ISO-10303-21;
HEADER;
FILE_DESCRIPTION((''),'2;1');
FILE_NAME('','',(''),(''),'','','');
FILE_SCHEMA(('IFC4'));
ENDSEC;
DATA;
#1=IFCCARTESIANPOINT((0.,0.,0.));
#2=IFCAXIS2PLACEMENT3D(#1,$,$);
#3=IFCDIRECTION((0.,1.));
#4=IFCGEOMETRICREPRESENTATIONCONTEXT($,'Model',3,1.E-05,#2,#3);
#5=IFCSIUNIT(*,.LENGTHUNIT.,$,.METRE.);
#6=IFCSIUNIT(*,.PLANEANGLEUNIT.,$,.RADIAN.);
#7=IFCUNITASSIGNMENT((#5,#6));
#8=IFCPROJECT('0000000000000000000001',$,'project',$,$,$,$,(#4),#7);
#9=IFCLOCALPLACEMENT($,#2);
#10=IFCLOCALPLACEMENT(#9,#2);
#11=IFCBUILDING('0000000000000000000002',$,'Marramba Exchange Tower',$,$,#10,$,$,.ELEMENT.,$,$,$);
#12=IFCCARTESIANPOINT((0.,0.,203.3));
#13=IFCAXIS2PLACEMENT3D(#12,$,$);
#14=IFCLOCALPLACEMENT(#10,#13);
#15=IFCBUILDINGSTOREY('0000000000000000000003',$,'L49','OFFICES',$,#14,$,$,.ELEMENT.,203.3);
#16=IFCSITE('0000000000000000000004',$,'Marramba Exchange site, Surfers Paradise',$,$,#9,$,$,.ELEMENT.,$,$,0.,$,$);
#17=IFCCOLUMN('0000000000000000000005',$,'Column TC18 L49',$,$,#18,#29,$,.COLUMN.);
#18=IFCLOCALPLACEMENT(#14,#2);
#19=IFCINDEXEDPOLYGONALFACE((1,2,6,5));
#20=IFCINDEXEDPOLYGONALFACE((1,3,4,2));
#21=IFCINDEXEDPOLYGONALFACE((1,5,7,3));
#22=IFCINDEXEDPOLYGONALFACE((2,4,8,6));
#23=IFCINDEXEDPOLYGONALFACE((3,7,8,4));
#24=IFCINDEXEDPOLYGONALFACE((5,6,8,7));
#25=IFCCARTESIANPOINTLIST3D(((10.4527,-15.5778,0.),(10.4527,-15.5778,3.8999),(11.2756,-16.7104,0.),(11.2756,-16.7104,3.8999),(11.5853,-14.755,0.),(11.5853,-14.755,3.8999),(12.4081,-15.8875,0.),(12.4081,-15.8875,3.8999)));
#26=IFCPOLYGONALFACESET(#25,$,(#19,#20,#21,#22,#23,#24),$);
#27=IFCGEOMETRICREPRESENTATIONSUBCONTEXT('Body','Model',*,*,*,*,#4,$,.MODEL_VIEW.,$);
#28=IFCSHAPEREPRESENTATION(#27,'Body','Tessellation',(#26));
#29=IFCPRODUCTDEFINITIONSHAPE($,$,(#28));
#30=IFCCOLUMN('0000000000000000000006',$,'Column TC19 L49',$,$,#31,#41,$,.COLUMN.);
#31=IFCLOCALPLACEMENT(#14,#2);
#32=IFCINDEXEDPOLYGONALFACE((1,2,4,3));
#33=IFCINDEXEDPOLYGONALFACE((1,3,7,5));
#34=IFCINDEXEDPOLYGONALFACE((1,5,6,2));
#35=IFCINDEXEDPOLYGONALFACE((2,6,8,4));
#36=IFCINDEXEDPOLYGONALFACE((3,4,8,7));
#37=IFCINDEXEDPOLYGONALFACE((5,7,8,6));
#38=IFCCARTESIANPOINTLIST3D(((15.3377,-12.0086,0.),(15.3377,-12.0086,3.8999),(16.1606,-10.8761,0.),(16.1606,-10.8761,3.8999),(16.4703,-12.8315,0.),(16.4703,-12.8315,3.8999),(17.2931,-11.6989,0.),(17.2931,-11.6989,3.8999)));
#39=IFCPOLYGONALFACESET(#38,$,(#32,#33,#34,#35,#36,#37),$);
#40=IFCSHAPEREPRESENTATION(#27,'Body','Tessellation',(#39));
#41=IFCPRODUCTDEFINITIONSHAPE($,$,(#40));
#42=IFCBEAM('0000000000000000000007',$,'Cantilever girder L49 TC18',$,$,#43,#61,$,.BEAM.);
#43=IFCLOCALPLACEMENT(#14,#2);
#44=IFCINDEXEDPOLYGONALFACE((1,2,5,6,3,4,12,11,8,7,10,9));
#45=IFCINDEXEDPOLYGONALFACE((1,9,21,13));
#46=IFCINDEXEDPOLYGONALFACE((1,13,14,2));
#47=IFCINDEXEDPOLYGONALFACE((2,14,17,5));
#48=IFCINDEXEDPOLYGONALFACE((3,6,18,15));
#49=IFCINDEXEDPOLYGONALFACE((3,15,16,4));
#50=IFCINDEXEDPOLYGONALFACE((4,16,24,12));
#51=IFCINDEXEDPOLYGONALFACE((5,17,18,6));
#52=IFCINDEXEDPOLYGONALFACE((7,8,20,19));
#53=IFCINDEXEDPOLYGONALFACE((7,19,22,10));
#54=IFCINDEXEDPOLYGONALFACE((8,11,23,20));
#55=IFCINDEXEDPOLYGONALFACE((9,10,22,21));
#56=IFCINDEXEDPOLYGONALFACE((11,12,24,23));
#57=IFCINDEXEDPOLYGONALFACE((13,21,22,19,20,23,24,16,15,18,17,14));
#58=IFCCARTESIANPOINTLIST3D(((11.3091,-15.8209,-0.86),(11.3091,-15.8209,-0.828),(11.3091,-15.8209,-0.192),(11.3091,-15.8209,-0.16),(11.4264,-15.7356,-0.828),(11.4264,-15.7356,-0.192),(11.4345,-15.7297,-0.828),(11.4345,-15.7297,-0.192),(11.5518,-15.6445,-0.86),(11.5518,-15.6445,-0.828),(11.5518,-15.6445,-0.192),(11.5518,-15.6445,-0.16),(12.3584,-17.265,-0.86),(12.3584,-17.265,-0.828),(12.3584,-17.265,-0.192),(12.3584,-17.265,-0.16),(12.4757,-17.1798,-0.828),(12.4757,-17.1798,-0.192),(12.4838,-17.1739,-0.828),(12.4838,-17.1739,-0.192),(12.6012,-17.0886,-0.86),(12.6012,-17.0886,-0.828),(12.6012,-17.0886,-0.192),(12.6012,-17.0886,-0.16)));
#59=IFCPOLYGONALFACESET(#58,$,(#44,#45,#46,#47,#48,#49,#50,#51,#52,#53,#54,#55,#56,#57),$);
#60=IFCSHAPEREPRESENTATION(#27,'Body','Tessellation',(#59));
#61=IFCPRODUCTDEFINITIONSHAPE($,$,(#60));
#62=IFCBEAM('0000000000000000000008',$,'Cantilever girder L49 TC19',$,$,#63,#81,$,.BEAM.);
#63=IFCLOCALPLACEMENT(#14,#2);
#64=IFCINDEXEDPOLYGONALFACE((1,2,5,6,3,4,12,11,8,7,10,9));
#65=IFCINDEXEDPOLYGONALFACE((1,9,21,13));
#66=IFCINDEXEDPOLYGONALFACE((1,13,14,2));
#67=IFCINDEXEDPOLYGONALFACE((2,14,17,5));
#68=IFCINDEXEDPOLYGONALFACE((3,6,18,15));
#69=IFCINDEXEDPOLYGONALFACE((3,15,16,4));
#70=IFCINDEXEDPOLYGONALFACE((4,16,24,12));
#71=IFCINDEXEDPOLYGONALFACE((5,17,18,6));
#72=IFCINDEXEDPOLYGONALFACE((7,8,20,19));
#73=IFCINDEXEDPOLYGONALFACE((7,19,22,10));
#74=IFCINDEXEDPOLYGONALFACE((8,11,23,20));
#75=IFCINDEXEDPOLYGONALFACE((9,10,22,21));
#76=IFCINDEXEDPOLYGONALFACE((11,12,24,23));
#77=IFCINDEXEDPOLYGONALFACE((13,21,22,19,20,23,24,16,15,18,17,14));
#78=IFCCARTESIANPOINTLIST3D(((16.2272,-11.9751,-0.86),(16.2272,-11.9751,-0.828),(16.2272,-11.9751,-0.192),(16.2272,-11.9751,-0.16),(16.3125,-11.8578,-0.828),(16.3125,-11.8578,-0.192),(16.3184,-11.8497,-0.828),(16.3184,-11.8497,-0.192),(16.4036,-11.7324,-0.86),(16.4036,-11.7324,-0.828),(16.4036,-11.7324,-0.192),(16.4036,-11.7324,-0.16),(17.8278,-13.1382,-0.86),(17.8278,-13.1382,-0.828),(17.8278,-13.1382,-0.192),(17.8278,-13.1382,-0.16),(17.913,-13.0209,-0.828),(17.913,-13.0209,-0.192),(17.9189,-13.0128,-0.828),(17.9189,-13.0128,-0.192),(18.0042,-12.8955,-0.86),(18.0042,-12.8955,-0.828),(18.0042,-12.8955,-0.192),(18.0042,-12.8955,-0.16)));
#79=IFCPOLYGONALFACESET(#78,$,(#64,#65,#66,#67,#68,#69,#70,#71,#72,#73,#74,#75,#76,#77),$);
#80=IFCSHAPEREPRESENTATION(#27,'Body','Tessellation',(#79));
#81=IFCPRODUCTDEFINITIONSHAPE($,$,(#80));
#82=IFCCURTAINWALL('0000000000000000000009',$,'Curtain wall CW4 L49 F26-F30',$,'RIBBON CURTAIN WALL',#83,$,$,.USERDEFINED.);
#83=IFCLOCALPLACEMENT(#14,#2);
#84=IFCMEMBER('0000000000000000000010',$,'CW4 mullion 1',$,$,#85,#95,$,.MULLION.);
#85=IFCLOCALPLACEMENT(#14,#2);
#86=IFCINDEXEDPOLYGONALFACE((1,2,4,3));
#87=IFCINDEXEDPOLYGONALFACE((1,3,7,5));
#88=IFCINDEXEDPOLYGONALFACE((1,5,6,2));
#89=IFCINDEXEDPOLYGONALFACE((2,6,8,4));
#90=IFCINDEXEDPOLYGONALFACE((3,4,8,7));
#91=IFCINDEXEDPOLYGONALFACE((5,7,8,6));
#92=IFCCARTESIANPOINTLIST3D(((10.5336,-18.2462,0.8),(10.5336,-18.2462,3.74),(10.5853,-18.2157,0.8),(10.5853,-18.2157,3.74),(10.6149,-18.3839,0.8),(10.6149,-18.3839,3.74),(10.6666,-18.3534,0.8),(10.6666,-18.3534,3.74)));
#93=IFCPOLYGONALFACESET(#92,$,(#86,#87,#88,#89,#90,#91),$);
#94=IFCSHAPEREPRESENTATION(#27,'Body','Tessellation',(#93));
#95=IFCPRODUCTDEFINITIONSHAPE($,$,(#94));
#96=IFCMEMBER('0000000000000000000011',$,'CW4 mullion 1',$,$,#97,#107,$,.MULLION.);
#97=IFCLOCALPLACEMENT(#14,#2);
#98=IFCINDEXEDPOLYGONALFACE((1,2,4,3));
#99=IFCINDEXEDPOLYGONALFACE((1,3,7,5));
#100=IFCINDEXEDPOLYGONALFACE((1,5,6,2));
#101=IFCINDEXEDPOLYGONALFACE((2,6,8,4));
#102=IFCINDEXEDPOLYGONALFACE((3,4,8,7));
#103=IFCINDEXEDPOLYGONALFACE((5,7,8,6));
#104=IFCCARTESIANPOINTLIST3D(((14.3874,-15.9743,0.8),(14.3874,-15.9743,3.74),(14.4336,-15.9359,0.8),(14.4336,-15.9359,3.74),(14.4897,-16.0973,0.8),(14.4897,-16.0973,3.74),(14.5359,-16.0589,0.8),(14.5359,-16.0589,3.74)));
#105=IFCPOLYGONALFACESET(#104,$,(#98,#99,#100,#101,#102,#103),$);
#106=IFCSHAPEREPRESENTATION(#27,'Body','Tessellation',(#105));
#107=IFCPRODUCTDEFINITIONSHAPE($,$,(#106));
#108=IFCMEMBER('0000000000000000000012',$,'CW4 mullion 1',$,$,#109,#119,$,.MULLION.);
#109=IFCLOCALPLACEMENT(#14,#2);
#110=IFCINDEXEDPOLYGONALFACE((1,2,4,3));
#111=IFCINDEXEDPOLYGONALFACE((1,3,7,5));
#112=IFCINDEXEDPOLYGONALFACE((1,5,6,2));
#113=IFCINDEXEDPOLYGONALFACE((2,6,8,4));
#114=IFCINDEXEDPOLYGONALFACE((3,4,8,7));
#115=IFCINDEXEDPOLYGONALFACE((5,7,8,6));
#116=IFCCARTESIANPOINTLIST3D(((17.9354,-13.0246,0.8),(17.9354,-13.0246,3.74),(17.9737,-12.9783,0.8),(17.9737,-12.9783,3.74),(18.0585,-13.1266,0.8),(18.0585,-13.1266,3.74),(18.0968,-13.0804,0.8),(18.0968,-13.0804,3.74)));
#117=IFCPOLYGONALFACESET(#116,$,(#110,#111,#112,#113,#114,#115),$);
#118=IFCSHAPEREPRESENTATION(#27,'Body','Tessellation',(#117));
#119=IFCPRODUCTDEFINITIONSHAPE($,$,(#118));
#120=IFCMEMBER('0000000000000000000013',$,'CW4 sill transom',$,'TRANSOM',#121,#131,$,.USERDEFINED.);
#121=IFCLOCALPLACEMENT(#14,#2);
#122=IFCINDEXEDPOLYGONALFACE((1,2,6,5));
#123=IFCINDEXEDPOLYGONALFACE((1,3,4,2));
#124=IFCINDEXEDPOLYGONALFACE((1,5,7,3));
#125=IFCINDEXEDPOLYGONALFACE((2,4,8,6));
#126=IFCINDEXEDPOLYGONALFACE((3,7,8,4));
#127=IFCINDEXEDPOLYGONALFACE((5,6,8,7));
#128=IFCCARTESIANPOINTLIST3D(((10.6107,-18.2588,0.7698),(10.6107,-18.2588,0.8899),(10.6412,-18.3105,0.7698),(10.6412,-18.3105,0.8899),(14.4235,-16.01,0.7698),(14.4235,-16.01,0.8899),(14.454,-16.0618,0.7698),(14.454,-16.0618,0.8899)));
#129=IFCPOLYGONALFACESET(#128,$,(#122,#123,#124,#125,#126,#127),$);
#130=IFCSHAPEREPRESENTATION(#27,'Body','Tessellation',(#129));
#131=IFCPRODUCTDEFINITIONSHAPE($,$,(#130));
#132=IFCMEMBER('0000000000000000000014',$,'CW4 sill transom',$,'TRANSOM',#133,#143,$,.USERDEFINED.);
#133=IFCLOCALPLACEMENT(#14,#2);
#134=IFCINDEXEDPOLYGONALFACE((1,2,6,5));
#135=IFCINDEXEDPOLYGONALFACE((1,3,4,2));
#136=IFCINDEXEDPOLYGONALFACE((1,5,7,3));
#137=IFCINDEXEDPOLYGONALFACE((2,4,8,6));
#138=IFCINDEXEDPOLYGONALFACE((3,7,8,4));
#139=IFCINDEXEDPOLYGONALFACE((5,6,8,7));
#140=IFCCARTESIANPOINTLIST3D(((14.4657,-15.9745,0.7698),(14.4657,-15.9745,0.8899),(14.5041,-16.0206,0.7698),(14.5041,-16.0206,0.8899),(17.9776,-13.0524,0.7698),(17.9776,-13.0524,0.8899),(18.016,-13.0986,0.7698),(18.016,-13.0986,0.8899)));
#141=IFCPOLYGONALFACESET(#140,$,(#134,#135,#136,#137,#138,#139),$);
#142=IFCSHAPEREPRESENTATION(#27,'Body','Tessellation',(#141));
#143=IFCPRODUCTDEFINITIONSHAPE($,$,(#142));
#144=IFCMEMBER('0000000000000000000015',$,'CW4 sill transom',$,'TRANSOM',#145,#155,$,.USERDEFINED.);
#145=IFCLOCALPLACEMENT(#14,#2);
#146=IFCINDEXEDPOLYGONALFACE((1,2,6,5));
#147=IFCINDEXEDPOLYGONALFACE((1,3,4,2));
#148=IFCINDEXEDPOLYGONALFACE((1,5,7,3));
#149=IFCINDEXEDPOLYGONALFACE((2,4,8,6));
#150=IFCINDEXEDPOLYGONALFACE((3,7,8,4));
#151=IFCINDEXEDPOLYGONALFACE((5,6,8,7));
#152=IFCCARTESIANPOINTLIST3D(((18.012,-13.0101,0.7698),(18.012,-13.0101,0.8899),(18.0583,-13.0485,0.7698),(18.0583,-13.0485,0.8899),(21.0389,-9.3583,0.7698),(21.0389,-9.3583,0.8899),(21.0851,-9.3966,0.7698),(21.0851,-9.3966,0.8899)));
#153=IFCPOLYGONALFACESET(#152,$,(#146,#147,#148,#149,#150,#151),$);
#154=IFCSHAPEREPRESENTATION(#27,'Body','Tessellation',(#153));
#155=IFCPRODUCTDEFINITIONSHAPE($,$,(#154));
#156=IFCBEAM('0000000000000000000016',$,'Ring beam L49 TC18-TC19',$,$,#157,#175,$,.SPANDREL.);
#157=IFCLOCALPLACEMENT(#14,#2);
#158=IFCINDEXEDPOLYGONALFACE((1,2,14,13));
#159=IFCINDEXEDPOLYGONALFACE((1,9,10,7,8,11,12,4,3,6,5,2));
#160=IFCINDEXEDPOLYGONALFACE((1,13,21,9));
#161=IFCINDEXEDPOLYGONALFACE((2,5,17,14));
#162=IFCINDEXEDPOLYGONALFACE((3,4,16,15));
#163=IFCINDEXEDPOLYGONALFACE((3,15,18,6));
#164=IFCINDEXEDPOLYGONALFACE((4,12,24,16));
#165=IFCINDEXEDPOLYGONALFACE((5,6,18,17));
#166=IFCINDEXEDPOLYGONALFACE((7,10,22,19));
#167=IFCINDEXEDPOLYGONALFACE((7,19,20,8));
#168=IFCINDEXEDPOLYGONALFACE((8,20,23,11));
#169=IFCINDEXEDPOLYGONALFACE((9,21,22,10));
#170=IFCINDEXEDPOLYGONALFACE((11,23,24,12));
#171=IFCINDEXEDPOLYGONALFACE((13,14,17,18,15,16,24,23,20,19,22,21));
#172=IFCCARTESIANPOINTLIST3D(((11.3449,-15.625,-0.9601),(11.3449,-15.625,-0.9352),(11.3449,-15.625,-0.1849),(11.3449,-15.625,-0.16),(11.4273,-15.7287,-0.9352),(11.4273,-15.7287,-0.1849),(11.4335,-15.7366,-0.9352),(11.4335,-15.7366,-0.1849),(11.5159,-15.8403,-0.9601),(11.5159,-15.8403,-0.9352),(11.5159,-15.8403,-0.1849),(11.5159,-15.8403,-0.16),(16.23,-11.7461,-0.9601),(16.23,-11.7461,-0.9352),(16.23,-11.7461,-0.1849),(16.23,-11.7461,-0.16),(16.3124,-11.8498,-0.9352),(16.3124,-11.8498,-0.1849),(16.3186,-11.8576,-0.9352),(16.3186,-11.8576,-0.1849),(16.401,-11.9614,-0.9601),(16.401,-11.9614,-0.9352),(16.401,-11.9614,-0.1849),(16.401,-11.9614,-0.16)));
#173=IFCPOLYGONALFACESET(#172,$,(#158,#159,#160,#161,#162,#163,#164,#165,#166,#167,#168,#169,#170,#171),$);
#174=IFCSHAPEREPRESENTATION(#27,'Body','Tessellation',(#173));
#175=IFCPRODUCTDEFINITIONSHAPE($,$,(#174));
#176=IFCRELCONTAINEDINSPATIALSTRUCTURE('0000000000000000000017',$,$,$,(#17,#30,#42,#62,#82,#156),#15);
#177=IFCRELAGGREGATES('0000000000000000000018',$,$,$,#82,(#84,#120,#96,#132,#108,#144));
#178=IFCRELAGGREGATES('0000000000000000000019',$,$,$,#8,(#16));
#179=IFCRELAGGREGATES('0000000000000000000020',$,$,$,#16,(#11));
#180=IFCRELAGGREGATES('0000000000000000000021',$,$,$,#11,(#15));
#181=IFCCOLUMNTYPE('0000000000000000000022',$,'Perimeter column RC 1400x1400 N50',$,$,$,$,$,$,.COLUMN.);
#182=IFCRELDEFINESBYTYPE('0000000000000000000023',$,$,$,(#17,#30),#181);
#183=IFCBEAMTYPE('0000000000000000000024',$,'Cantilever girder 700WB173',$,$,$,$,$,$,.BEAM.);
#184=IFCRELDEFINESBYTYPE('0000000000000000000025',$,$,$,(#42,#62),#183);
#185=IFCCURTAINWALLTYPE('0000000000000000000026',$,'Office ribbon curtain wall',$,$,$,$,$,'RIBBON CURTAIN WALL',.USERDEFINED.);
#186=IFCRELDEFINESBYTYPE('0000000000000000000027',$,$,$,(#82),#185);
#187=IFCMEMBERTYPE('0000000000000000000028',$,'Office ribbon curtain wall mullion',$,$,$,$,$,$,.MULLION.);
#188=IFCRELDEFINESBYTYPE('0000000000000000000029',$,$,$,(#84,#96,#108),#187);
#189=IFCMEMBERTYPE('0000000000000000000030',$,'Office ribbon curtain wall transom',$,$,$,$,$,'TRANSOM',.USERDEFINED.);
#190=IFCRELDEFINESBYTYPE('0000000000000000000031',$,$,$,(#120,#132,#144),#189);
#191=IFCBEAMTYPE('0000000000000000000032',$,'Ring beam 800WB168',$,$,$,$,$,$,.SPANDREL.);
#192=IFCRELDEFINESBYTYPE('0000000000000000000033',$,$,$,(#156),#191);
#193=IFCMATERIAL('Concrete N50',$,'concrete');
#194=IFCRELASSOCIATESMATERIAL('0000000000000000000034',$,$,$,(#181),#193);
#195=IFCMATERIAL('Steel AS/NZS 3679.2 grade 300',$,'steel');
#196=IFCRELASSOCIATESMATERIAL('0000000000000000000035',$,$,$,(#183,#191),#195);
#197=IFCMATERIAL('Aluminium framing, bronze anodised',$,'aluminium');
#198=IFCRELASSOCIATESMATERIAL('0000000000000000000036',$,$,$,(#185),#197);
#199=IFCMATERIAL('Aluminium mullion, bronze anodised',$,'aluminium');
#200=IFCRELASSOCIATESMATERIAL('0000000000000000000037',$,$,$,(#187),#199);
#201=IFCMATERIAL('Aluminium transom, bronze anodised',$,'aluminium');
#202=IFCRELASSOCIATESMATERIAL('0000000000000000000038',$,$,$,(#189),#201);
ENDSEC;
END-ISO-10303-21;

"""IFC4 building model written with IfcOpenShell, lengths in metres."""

from ifc_helpers import new_model, si_unit, direction, frame, origin, origin_2d, place, context, subcontext, project, spatial, rectangle, i_section, extrude, material, material_profile, profile_set, type_object, element, aggregate, save


model = new_model("IFC4")

# Units and contexts
model_context = context("Model", 3, precision=1e-05, world=origin(), true_north=direction((0.0, 1.0)))
body_context = subcontext(model_context, "Body", "Model", "MODEL_VIEW")
ifc_project = project(units=[si_unit("LENGTHUNIT", "METRE"), si_unit("PLANEANGLEUNIT", "RADIAN")], contexts=[model_context])

# Site, building, storey
site_placement = place(None, origin())
site = spatial("IfcSite", under=ifc_project, at=site_placement, Name="Marramba Exchange site, Surfers Paradise", CompositionType="ELEMENT", RefElevation=0.0)
building_placement = place(site_placement, origin())
building = spatial("IfcBuilding", under=site, at=building_placement, Name="Marramba Exchange Tower", CompositionType="ELEMENT")
storey_placement = place(building_placement, frame((0.0, 0.0, 203.3)))
storey = spatial("IfcBuildingStorey", under=building, at=storey_placement, Name="L49", Description="OFFICES", CompositionType="ELEMENT", Elevation=203.3)

# Columns
ifc_material_1 = material(Name="Concrete N50", Category="concrete")
ifc_material_profile_1 = material_profile(ifc_material_1, rectangle(XDim=1.3999, YDim=1.3999, at=origin_2d()), Name="RC 1400x1400")
ifc_profile_set_1 = profile_set([ifc_material_profile_1], Name="Concrete N50")
column_type = type_object("IfcColumnType", Name="Perimeter column RC 1400x1400 N50", PredefinedType="COLUMN", material=ifc_profile_set_1)
for number, where, z_axis, x_axis, name in (
    (1, (11.4304, -15.7327, 0.0), (0.0, 0.0, 1.0), (0.587785, -0.809017, 0.0), "Column TC18 L49"),
    (2, (16.3154, -11.8538, 0.0), (0.0, 0.0, 1.0), (0.809017, -0.587785, 0.0), "Column TC19 L49"),
):
    element("IfcColumn", number, at=place(storey_placement, frame(where, z_axis=z_axis, x_axis=x_axis)), inside=storey, type_object=column_type, Name=name, PredefinedType="COLUMN", context=body_context, shape_type="SweptSolid", body=[
        extrude(rectangle(XDim=1.3999, YDim=1.3999, at=origin_2d()), origin(), (0.0, 0.0, 1.0), 3.8999),
    ])

# Beams
ifc_material_2 = material(Name="Steel AS/NZS 3679.2 grade 300", Category="steel")
ifc_material_profile_2 = material_profile(ifc_material_2, i_section(OverallWidth=0.3, OverallDepth=0.7, WebThickness=0.01, FlangeThickness=0.032, at=origin_2d()), Name="700WB173")
ifc_profile_set_2 = profile_set([ifc_material_profile_2], Name="Steel AS/NZS 3679.2 grade 300")
beam_type_1 = type_object("IfcBeamType", Name="Cantilever girder 700WB173", PredefinedType="BEAM", material=ifc_profile_set_2)
beam_1_placement = place(storey_placement, frame((11.4304, -15.7327, -0.51), z_axis=(0.58783, -0.808984, 0.0), x_axis=(0.808984, 0.58783, 0.0)))
element("IfcBeam", 3, at=beam_1_placement, inside=storey, type_object=beam_type_1, Name="Cantilever girder L49 TC18", PredefinedType="BEAM", context=body_context, shape_type="SweptSolid", body=[
    extrude(i_section(OverallWidth=0.3, OverallDepth=0.7, WebThickness=0.01, FlangeThickness=0.032, at=origin_2d()), origin(), (0.0, 0.0, 1.0), 1.7852),
])
beam_2_placement = place(storey_placement, frame((16.3154, -11.8538, -0.51), z_axis=(0.808971, -0.587849, 0.0), x_axis=(0.587849, 0.808971, 0.0)))
element("IfcBeam", 4, at=beam_2_placement, inside=storey, type_object=beam_type_1, Name="Cantilever girder L49 TC19", PredefinedType="BEAM", context=body_context, shape_type="SweptSolid", body=[
    extrude(i_section(OverallWidth=0.3, OverallDepth=0.7, WebThickness=0.01, FlangeThickness=0.032, at=origin_2d()), origin(), (0.0, 0.0, 1.0), 1.9785),
])

# Curtain wall, members
ifc_material_3 = material(Name="Aluminium framing, bronze anodised", Category="aluminium")
curtain_wall_type = type_object("IfcCurtainWallType", Name="Office ribbon curtain wall", ElementType="RIBBON CURTAIN WALL", PredefinedType="USERDEFINED", material=ifc_material_3)
curtain_wall_placement = place(storey_placement, origin())
curtain_wall = element("IfcCurtainWall", 5, at=curtain_wall_placement, inside=storey, type_object=curtain_wall_type, Name="Curtain wall CW4 L49 F26-F30", ObjectType="RIBBON CURTAIN WALL", PredefinedType="USERDEFINED")
ifc_material_4 = material(Name="Aluminium mullion, bronze anodised", Category="aluminium")
ifc_material_profile_3 = material_profile(ifc_material_4, rectangle(XDim=0.1599, YDim=0.0601, at=origin_2d()), Name="CW4 mullion 60x160")
ifc_profile_set_3 = profile_set([ifc_material_profile_3], Name="Aluminium mullion, bronze anodised")
member_type_1 = type_object("IfcMemberType", Name="Office ribbon curtain wall mullion", PredefinedType="MULLION", material=ifc_profile_set_3)
member_1_placement = place(storey_placement, frame((10.6001, -18.2998, 0.8), z_axis=(0.0, 0.0, 1.0), x_axis=(-0.508011, 0.861351, 0.0)))
member_1 = element("IfcMember", 6, at=member_1_placement, type_object=member_type_1, Name="CW4 mullion 1", PredefinedType="MULLION", context=body_context, shape_type="SweptSolid", body=[
    extrude(rectangle(XDim=0.1599, YDim=0.0601, at=origin_2d()), origin(), (0.0, 0.0, 1.0), 2.9399),
])
member_2_placement = place(storey_placement, frame((14.4617, -16.0166, 0.8), z_axis=(0.0, 0.0, 1.0), x_axis=(-0.639565, 0.768737, 0.0)))
member_2 = element("IfcMember", 7, at=member_2_placement, type_object=member_type_1, Name="CW4 mullion 1", PredefinedType="MULLION", context=body_context, shape_type="SweptSolid", body=[
    extrude(rectangle(XDim=0.1599, YDim=0.0601, at=origin_2d()), origin(), (0.0, 0.0, 1.0), 2.9399),
])
member_3_placement = place(storey_placement, frame((18.0161, -13.0525, 0.8), z_axis=(0.0, 0.0, 1.0), x_axis=(-0.769912, 0.63815, 0.0)))
member_3 = element("IfcMember", 8, at=member_3_placement, type_object=member_type_1, Name="CW4 mullion 1", PredefinedType="MULLION", context=body_context, shape_type="SweptSolid", body=[
    extrude(rectangle(XDim=0.1599, YDim=0.0601, at=origin_2d()), origin(), (0.0, 0.0, 1.0), 2.9399),
])
ifc_material_5 = material(Name="Aluminium transom, bronze anodised", Category="aluminium")
ifc_material_profile_4 = material_profile(ifc_material_5, rectangle(XDim=0.0601, YDim=0.1201, at=origin_2d()), Name="CW4 transom 60x120")
ifc_profile_set_4 = profile_set([ifc_material_profile_4], Name="Aluminium transom, bronze anodised")
member_type_2 = type_object("IfcMemberType", Name="Office ribbon curtain wall transom", ElementType="TRANSOM", PredefinedType="USERDEFINED", material=ifc_profile_set_4)
member_4_placement = place(storey_placement, frame((10.626, -18.2847, 0.8298), z_axis=(0.861342, 0.508025, 0.0), x_axis=(-0.508025, 0.861342, 0.0)))
member_4 = element("IfcMember", 9, at=member_4_placement, type_object=member_type_2, Name="CW4 sill transom", ObjectType="TRANSOM", PredefinedType="USERDEFINED", context=body_context, shape_type="SweptSolid", body=[
    extrude(rectangle(XDim=0.0601, YDim=0.1201, at=origin_2d()), origin(), (0.0, 0.0, 1.0), 4.4265),
])
member_5_placement = place(storey_placement, frame((14.4849, -15.9976, 0.8298), z_axis=(0.768707, 0.639601, 0.0), x_axis=(-0.639601, 0.768707, 0.0)))
member_5 = element("IfcMember", 10, at=member_5_placement, type_object=member_type_2, Name="CW4 sill transom", ObjectType="TRANSOM", PredefinedType="USERDEFINED", context=body_context, shape_type="SweptSolid", body=[
    extrude(rectangle(XDim=0.0601, YDim=0.1201, at=origin_2d()), origin(), (0.0, 0.0, 1.0), 4.5686),
])
member_6_placement = place(storey_placement, frame((18.0352, -13.0293, 0.8298), z_axis=(0.638147, 0.769915, 0.0), x_axis=(-0.769915, 0.638147, 0.0)))
member_6 = element("IfcMember", 11, at=member_6_placement, type_object=member_type_2, Name="CW4 sill transom", ObjectType="TRANSOM", PredefinedType="USERDEFINED", context=body_context, shape_type="SweptSolid", body=[
    extrude(rectangle(XDim=0.0601, YDim=0.1201, at=origin_2d()), origin(), (0.0, 0.0, 1.0), 4.7432),
])

# Beam
ifc_material_profile_5 = material_profile(ifc_material_2, i_section(OverallWidth=0.2749, OverallDepth=0.8, WebThickness=0.01, FlangeThickness=0.0249, at=origin_2d()), Name="800WB168")
ifc_profile_set_5 = profile_set([ifc_material_profile_5], Name="Steel AS/NZS 3679.2 grade 300")
beam_type_2 = type_object("IfcBeamType", Name="Ring beam 800WB168", PredefinedType="SPANDREL", material=ifc_profile_set_5)
beam_3_placement = place(storey_placement, frame((11.4304, -15.7327, -0.5601), z_axis=(0.783139, 0.621846, 0.0), x_axis=(-0.621846, 0.783139, 0.0)))
element("IfcBeam", 12, at=beam_3_placement, inside=storey, type_object=beam_type_2, Name="Ring beam L49 TC18-TC19", PredefinedType="SPANDREL", context=body_context, shape_type="SweptSolid", body=[
    extrude(i_section(OverallWidth=0.2749, OverallDepth=0.8, WebThickness=0.01, FlangeThickness=0.0249, at=origin_2d()), origin(), (0.0, 0.0, 1.0), 6.2378),
])

aggregate(curtain_wall, [member_1, member_4, member_2, member_5, member_3, member_6])

save(model, "model.ifc")
